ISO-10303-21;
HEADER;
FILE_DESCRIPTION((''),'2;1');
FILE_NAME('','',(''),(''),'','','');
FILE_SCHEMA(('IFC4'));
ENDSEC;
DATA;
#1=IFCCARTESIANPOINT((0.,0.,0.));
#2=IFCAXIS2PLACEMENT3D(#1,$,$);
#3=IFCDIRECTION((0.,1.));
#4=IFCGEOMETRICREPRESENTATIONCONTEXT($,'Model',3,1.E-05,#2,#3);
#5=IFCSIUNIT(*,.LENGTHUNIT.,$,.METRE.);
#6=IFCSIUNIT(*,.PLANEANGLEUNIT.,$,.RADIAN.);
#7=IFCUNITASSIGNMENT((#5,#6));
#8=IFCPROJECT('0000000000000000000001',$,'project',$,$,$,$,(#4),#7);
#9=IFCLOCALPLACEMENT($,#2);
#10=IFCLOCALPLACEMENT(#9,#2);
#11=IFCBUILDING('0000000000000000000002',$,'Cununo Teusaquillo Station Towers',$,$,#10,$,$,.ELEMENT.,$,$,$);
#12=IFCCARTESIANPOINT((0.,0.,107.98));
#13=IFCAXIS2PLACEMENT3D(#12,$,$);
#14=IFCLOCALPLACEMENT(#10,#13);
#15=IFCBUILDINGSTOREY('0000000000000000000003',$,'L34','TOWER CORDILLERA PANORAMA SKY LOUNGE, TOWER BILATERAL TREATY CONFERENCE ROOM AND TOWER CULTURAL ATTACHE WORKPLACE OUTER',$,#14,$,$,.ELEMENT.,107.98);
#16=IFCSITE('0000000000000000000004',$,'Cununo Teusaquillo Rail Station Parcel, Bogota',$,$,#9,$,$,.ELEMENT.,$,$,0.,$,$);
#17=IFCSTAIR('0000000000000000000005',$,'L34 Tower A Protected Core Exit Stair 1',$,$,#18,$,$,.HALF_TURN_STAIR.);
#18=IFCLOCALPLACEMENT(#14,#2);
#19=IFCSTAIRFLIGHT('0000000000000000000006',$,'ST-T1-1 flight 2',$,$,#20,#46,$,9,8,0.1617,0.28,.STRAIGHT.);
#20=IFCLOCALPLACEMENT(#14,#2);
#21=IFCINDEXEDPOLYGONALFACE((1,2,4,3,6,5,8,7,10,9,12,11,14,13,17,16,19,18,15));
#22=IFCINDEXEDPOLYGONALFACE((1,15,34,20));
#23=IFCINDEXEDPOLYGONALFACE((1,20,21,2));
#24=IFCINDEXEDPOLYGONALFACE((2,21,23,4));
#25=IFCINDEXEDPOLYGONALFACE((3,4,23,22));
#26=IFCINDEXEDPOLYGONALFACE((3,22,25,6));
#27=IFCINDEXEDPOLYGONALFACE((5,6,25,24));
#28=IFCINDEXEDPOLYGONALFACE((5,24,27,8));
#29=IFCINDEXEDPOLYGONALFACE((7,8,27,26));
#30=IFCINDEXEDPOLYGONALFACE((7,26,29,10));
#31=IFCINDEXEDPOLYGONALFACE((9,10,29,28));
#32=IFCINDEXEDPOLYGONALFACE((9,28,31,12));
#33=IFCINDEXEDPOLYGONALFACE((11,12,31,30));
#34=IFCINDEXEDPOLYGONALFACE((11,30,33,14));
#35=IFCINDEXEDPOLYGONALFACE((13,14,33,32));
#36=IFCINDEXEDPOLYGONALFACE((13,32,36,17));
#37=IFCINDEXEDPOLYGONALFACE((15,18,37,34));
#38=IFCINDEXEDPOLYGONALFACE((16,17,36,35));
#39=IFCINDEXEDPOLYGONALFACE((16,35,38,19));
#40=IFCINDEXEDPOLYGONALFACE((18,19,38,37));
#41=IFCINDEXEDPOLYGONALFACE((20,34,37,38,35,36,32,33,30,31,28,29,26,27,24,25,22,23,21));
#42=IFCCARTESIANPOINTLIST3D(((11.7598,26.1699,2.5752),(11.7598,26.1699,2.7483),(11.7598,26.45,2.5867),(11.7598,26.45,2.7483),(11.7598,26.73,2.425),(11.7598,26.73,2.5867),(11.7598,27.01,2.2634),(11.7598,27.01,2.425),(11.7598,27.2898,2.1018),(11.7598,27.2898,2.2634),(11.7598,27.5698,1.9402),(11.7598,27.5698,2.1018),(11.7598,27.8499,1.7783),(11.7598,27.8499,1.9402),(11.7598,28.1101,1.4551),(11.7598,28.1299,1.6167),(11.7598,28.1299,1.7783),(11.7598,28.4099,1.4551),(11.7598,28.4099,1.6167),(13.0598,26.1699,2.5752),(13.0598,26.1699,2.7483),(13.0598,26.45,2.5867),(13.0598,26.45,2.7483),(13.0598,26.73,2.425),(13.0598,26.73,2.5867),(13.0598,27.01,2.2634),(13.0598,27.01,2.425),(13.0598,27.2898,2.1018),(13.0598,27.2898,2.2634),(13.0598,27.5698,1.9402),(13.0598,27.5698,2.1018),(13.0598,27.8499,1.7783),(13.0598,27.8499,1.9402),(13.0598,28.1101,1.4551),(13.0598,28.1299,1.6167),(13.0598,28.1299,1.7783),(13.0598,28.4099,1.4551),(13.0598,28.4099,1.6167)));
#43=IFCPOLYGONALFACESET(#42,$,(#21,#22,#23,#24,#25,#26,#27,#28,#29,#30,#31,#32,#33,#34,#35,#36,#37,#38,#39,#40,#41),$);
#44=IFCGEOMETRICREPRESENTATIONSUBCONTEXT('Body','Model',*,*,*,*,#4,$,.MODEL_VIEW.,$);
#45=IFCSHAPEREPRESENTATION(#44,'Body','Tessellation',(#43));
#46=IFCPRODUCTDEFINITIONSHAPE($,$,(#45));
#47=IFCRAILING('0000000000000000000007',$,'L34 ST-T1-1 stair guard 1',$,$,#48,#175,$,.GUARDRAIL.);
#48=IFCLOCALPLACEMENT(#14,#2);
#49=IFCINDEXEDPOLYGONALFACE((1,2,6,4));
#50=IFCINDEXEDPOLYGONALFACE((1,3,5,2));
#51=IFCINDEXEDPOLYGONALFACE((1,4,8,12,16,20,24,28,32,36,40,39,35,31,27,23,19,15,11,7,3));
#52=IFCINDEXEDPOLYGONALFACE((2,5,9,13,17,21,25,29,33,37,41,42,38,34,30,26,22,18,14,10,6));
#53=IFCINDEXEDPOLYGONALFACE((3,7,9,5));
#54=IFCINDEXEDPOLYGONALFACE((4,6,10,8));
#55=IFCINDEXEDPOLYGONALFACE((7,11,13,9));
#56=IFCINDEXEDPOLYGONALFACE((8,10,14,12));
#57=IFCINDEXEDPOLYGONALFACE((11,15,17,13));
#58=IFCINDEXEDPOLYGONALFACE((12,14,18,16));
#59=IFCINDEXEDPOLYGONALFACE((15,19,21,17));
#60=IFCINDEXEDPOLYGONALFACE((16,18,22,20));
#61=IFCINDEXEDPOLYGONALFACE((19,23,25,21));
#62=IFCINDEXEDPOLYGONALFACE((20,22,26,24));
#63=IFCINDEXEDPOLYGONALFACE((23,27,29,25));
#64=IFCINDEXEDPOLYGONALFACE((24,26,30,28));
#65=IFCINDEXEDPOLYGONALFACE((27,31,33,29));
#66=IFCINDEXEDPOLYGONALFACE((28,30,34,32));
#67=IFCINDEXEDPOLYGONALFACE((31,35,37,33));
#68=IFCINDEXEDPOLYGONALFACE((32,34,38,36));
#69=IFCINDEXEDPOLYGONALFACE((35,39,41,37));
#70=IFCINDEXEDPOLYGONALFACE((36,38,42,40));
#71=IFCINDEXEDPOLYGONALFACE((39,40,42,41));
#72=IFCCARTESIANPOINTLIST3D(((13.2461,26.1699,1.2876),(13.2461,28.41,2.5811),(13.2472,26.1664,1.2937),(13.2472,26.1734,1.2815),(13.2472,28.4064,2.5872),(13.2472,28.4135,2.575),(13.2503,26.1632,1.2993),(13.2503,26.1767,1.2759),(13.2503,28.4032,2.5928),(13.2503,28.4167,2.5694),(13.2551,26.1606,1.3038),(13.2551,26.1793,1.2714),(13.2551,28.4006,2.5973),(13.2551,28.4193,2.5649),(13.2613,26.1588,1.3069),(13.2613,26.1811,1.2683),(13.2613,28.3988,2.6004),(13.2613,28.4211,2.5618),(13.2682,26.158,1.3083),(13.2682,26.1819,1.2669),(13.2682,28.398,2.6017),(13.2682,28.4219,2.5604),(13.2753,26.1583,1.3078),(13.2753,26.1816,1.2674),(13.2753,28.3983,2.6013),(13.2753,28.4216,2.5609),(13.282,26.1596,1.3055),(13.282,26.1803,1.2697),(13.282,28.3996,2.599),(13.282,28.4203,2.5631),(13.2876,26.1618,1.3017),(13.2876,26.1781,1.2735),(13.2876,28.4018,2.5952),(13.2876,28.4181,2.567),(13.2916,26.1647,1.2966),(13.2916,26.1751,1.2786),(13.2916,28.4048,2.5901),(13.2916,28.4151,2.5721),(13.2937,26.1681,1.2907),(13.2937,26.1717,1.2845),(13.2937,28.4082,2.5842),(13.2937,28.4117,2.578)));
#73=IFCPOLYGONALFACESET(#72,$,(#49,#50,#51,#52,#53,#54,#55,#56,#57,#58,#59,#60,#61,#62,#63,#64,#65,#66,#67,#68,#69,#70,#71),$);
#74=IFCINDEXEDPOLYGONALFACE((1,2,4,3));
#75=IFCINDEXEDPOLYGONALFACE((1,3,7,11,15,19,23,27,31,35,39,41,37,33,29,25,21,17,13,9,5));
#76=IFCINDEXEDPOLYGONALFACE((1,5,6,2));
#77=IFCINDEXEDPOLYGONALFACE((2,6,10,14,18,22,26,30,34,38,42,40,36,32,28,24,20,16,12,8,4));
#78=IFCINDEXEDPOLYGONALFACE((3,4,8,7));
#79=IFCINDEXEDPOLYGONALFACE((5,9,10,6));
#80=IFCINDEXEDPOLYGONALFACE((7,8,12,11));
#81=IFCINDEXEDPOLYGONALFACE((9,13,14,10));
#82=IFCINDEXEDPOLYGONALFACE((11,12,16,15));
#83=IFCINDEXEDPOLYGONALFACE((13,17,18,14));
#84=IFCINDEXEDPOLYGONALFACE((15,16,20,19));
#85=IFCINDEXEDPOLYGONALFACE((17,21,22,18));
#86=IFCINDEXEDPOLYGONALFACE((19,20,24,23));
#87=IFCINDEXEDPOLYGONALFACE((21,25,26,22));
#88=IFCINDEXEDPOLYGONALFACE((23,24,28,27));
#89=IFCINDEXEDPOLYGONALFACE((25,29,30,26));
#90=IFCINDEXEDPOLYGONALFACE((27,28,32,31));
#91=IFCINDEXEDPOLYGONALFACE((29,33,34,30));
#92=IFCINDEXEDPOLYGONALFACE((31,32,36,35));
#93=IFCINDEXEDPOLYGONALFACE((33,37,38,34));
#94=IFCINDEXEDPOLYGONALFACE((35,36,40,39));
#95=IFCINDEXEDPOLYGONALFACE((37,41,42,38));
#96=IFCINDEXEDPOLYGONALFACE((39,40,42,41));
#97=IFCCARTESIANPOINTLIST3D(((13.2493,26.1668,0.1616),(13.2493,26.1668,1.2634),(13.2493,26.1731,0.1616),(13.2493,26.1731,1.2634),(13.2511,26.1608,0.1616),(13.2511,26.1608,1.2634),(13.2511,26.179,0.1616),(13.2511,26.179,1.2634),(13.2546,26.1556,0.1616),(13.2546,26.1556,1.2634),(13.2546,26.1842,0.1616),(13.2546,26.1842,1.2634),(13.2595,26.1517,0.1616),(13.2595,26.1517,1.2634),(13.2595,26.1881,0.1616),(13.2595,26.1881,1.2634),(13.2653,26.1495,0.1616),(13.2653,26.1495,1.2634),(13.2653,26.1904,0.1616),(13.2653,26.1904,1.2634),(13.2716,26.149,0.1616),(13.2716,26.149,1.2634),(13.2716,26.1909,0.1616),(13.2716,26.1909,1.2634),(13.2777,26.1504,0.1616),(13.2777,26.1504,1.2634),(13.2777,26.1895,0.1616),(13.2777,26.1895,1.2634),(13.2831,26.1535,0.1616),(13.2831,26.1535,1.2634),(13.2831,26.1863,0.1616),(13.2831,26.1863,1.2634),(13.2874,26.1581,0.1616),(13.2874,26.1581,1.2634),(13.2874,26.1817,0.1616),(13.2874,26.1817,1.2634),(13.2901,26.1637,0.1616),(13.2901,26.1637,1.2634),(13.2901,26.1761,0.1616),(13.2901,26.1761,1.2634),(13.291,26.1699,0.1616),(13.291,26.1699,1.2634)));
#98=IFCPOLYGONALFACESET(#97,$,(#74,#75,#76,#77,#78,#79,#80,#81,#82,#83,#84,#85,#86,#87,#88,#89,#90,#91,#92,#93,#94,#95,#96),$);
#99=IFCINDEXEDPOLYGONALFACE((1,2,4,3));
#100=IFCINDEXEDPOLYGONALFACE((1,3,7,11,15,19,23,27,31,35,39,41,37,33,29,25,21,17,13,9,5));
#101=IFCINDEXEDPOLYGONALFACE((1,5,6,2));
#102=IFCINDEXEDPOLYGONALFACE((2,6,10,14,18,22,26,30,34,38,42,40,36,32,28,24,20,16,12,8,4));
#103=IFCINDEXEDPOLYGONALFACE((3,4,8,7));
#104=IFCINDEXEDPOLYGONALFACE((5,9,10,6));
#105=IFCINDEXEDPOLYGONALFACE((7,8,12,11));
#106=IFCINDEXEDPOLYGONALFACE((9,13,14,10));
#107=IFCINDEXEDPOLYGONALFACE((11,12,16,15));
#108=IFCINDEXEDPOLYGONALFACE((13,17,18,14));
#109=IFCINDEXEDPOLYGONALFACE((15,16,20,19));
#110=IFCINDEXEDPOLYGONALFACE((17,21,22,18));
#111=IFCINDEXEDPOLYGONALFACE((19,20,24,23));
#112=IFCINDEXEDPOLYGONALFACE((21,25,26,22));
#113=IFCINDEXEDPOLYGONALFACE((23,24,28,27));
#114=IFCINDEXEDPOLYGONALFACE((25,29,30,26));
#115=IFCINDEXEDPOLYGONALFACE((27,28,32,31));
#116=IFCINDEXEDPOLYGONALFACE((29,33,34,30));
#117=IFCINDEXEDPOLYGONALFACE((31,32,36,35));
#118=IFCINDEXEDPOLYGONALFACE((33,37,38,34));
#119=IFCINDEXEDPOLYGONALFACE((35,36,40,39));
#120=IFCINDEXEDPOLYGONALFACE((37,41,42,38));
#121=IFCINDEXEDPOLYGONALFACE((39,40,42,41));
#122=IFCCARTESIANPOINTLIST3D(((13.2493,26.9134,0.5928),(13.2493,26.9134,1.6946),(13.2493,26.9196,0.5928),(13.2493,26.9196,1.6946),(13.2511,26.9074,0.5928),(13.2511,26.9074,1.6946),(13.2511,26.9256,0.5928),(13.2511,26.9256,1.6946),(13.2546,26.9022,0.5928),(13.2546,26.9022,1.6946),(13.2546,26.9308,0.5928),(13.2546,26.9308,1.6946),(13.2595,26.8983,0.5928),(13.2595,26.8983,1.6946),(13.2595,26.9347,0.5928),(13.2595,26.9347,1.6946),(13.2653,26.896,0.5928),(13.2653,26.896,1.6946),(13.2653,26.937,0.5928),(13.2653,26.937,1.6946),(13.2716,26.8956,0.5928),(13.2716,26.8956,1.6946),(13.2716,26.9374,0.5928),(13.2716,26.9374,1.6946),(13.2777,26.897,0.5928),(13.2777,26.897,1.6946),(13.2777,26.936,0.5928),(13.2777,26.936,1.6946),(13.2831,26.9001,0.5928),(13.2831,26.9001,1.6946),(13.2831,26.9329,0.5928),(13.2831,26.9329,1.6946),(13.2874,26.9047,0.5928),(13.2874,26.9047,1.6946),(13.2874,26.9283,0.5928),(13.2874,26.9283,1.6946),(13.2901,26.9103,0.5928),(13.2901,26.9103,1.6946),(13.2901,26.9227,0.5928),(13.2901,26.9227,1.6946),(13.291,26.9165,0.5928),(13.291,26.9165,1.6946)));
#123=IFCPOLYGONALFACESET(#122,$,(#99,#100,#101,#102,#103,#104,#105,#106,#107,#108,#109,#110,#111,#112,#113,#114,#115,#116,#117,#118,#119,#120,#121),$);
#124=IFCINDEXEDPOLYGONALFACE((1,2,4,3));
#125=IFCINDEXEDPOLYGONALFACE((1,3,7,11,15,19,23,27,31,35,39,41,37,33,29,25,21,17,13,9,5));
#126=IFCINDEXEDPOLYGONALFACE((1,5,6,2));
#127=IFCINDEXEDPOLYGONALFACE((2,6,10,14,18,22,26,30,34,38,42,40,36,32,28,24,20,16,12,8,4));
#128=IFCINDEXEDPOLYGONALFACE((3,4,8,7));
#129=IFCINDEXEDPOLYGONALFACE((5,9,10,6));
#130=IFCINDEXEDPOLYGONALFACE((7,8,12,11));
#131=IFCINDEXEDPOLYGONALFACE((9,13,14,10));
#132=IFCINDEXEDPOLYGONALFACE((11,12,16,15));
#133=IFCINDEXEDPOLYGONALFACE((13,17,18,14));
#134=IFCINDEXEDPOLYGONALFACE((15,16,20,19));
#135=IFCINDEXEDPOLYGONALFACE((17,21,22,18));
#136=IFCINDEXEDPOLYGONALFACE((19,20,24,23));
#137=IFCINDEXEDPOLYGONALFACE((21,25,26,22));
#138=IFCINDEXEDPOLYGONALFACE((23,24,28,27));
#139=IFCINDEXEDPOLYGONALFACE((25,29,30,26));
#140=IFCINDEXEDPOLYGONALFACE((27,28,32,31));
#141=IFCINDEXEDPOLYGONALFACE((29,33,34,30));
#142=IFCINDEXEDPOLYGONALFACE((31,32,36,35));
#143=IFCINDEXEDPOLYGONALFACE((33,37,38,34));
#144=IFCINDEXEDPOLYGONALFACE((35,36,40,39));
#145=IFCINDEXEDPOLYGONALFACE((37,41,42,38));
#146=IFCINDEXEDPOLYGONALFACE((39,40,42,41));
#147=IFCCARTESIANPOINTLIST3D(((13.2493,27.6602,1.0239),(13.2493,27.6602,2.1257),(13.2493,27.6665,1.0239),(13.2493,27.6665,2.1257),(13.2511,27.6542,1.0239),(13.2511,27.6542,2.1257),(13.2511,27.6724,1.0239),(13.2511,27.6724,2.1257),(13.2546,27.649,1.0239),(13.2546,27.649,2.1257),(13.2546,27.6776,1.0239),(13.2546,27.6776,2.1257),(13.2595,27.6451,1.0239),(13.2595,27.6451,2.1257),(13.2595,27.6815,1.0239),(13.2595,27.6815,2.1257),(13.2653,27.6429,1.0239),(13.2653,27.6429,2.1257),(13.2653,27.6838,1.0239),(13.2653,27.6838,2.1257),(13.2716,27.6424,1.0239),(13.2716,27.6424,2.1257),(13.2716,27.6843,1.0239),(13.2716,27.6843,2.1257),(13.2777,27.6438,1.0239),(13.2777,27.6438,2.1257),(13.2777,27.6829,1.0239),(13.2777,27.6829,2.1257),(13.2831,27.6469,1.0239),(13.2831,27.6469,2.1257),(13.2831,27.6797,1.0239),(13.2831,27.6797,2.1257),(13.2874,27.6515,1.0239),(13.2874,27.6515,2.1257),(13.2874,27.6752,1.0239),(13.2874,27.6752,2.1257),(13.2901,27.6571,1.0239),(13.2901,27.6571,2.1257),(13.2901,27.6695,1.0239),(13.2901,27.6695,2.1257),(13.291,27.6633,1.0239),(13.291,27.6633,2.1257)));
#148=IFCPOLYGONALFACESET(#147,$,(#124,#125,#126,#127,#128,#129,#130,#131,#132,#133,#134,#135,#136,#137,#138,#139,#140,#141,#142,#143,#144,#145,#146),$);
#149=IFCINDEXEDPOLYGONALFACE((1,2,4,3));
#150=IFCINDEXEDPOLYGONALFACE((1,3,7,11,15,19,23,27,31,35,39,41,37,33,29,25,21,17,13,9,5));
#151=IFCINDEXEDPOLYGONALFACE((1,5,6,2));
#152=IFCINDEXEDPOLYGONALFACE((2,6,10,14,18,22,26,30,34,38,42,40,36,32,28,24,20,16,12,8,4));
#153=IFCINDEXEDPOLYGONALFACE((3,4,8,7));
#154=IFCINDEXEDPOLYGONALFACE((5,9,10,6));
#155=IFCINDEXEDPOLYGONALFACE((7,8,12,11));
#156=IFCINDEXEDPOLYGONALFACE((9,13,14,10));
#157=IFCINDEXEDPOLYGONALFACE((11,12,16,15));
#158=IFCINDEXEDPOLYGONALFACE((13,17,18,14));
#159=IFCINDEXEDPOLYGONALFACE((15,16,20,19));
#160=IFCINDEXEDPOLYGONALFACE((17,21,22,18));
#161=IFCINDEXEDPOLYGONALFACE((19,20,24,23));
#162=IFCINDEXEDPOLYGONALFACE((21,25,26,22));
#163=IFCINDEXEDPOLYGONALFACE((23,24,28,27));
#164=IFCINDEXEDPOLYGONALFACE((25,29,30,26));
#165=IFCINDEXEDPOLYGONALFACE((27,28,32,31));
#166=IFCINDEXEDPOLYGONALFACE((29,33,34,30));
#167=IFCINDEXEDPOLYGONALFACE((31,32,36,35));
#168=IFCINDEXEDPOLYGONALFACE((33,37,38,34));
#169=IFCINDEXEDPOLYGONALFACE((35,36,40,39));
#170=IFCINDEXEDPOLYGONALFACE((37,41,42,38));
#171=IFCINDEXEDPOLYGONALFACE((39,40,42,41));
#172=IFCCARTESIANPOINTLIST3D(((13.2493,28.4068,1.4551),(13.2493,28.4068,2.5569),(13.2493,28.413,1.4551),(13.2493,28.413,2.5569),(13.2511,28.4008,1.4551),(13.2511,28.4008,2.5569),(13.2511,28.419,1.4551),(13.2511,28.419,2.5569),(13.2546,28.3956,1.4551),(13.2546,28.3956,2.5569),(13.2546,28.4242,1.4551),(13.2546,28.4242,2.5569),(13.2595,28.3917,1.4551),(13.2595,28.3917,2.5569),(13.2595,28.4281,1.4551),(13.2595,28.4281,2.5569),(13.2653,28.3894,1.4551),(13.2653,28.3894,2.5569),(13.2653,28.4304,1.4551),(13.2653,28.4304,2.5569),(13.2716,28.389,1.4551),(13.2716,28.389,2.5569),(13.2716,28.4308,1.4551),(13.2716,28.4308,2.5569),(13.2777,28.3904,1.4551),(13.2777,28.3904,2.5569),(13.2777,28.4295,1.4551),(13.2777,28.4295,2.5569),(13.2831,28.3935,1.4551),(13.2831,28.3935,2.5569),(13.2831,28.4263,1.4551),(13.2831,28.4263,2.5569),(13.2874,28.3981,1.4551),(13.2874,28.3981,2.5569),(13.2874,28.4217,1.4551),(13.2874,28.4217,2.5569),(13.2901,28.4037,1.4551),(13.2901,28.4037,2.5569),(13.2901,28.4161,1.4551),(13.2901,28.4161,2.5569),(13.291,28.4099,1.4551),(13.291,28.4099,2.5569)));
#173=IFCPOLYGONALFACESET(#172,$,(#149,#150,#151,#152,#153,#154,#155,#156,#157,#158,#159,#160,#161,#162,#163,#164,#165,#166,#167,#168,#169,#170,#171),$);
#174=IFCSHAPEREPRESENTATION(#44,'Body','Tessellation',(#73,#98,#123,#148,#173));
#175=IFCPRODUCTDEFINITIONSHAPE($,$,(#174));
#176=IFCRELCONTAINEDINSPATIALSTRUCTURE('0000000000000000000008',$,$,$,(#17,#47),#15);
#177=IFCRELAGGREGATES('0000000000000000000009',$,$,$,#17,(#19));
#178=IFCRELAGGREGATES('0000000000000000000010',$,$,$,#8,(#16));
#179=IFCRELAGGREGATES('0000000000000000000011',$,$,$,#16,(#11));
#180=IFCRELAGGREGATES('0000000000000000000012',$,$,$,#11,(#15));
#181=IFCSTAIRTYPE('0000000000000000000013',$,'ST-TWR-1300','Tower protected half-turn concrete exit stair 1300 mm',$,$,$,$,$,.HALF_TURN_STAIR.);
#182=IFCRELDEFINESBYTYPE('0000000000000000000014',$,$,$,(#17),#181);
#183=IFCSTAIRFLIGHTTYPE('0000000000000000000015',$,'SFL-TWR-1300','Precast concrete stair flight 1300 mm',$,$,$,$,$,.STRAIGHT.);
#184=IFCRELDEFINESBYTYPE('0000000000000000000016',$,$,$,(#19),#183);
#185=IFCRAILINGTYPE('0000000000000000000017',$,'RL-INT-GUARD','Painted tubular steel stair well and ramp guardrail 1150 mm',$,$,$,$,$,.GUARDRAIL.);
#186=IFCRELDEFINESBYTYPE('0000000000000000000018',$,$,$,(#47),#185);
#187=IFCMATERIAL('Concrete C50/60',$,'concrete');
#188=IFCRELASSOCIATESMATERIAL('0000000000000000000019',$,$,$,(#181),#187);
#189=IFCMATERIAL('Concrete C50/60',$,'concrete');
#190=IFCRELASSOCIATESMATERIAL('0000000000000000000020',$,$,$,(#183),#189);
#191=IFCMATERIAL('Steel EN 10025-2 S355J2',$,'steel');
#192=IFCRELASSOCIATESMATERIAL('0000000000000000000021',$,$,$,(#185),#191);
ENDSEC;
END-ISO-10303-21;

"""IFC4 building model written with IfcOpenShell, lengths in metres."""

from ifc_helpers import new_model, si_unit, direction, frame, origin, origin_2d, place, context, subcontext, project, spatial, polyline, circle, outline, extrude, material, type_object, element, aggregate, save


model = new_model("IFC4")

# Units and contexts
model_context = context("Model", 3, precision=1e-05, world=origin(), true_north=direction((0.0, 1.0)))
body_context = subcontext(model_context, "Body", "Model", "MODEL_VIEW")
ifc_project = project(units=[si_unit("LENGTHUNIT", "METRE"), si_unit("PLANEANGLEUNIT", "RADIAN")], contexts=[model_context])

# Site, building, storey
site_placement = place(None, origin())
site = spatial("IfcSite", under=ifc_project, at=site_placement, Name="Cununo Teusaquillo Rail Station Parcel, Bogota", CompositionType="ELEMENT", RefElevation=0.0)
building_placement = place(site_placement, origin())
building = spatial("IfcBuilding", under=site, at=building_placement, Name="Cununo Teusaquillo Station Towers", CompositionType="ELEMENT")
storey_placement = place(building_placement, frame((0.0, 0.0, 107.98)))
storey = spatial("IfcBuildingStorey", under=building, at=storey_placement, Name="L34", Description="TOWER CORDILLERA PANORAMA SKY LOUNGE, TOWER BILATERAL TREATY CONFERENCE ROOM AND TOWER CULTURAL ATTACHE WORKPLACE OUTER", CompositionType="ELEMENT", Elevation=107.98)

# Stair, stair flight
ifc_material_1 = material(Name="Concrete C50/60", Category="concrete")
stair_type = type_object("IfcStairType", Name="ST-TWR-1300", Description="Tower protected half-turn concrete exit stair 1300 mm", PredefinedType="HALF_TURN_STAIR", material=ifc_material_1)
stair_placement = place(storey_placement, origin())
stair = element("IfcStair", 1, at=stair_placement, inside=storey, type_object=stair_type, Name="L34 Tower A Protected Core Exit Stair 1", PredefinedType="HALF_TURN_STAIR")
ifc_material_2 = material(Name="Concrete C50/60", Category="concrete")
stair_flight_type = type_object("IfcStairFlightType", Name="SFL-TWR-1300", Description="Precast concrete stair flight 1300 mm", PredefinedType="STRAIGHT", material=ifc_material_2)
stair_flight_1_placement = place(storey_placement, frame((12.4099, 28.4099, 1.4551), z_axis=(0.0, 0.0, 1.0), x_axis=(0.0, -1.0, 0.0)))
stair_flight_1 = element("IfcStairFlight", 2, at=stair_flight_1_placement, type_object=stair_flight_type, Name="ST-T1-1 flight 2", NumberOfRisers=9, NumberOfTreads=8, PredefinedType="STRAIGHT", RiserHeight=0.1617, TreadLength=0.28, context=body_context, shape_type="SweptSolid", body=[
    extrude(outline(polyline([(0.0, 0.0), (0.0, 0.1616), (0.28, 0.1616), (0.28, 0.3232), (0.5601, 0.3232), (0.5601, 0.4851), (0.8401, 0.4851), (0.8401, 0.6467), (1.1201, 0.6467), (1.1201, 0.8083), (1.3999, 0.8083), (1.3999, 0.97), (1.6799, 0.97), (1.6799, 1.1316), (1.96, 1.1316), (1.96, 1.2932), (2.24, 1.2932), (2.24, 1.4551), (2.24, 1.1201), (0.2998, 0.0), (0.0, 0.0)])), frame((0.0, 0.6499, 0.0), z_axis=(0.0, -1.0, 0.0), x_axis=(1.0, 0.0, 0.0)), (0.0, 0.0, 1.0), 1.3),
])
aggregate(stair, [stair_flight_1])

# Railing
ifc_material_3 = material(Name="Steel EN 10025-2 S355J2", Category="steel")
railing_type_1 = type_object("IfcRailingType", Name="RL-INT-GUARD", Description="Painted tubular steel stair well and ramp guardrail 1150 mm", PredefinedType="GUARDRAIL", material=ifc_material_3)
railing_1_placement = place(storey_placement, frame((13.27, 26.1699, 0.1616)))
element("IfcRailing", 3, at=railing_1_placement, inside=storey, type_object=railing_type_1, Name="L34 ST-T1-1 stair guard 1", PredefinedType="GUARDRAIL", context=body_context, shape_type="SweptSolid", body=[
    extrude(circle(Radius=0.0239, at=origin_2d()), frame((0.0, 0.0, 1.126), z_axis=(0.0, 0.865992, 0.500057), x_axis=(-1.0, 0.0, 0.0)), (0.0, 0.0, 1.0), 2.5867),
    extrude(circle(Radius=0.021, at=origin_2d()), origin(), (0.0, 0.0, 1.0), 1.1018),
    extrude(circle(Radius=0.021, at=origin_2d()), frame((0.0, 0.7466, 0.4312)), (0.0, 0.0, 1.0), 1.1018),
    extrude(circle(Radius=0.021, at=origin_2d()), frame((0.0, 1.4934, 0.8623)), (0.0, 0.0, 1.0), 1.1018),
    extrude(circle(Radius=0.021, at=origin_2d()), frame((0.0, 2.24, 1.2935)), (0.0, 0.0, 1.0), 1.1018),
])

save(model, "model.ifc")
